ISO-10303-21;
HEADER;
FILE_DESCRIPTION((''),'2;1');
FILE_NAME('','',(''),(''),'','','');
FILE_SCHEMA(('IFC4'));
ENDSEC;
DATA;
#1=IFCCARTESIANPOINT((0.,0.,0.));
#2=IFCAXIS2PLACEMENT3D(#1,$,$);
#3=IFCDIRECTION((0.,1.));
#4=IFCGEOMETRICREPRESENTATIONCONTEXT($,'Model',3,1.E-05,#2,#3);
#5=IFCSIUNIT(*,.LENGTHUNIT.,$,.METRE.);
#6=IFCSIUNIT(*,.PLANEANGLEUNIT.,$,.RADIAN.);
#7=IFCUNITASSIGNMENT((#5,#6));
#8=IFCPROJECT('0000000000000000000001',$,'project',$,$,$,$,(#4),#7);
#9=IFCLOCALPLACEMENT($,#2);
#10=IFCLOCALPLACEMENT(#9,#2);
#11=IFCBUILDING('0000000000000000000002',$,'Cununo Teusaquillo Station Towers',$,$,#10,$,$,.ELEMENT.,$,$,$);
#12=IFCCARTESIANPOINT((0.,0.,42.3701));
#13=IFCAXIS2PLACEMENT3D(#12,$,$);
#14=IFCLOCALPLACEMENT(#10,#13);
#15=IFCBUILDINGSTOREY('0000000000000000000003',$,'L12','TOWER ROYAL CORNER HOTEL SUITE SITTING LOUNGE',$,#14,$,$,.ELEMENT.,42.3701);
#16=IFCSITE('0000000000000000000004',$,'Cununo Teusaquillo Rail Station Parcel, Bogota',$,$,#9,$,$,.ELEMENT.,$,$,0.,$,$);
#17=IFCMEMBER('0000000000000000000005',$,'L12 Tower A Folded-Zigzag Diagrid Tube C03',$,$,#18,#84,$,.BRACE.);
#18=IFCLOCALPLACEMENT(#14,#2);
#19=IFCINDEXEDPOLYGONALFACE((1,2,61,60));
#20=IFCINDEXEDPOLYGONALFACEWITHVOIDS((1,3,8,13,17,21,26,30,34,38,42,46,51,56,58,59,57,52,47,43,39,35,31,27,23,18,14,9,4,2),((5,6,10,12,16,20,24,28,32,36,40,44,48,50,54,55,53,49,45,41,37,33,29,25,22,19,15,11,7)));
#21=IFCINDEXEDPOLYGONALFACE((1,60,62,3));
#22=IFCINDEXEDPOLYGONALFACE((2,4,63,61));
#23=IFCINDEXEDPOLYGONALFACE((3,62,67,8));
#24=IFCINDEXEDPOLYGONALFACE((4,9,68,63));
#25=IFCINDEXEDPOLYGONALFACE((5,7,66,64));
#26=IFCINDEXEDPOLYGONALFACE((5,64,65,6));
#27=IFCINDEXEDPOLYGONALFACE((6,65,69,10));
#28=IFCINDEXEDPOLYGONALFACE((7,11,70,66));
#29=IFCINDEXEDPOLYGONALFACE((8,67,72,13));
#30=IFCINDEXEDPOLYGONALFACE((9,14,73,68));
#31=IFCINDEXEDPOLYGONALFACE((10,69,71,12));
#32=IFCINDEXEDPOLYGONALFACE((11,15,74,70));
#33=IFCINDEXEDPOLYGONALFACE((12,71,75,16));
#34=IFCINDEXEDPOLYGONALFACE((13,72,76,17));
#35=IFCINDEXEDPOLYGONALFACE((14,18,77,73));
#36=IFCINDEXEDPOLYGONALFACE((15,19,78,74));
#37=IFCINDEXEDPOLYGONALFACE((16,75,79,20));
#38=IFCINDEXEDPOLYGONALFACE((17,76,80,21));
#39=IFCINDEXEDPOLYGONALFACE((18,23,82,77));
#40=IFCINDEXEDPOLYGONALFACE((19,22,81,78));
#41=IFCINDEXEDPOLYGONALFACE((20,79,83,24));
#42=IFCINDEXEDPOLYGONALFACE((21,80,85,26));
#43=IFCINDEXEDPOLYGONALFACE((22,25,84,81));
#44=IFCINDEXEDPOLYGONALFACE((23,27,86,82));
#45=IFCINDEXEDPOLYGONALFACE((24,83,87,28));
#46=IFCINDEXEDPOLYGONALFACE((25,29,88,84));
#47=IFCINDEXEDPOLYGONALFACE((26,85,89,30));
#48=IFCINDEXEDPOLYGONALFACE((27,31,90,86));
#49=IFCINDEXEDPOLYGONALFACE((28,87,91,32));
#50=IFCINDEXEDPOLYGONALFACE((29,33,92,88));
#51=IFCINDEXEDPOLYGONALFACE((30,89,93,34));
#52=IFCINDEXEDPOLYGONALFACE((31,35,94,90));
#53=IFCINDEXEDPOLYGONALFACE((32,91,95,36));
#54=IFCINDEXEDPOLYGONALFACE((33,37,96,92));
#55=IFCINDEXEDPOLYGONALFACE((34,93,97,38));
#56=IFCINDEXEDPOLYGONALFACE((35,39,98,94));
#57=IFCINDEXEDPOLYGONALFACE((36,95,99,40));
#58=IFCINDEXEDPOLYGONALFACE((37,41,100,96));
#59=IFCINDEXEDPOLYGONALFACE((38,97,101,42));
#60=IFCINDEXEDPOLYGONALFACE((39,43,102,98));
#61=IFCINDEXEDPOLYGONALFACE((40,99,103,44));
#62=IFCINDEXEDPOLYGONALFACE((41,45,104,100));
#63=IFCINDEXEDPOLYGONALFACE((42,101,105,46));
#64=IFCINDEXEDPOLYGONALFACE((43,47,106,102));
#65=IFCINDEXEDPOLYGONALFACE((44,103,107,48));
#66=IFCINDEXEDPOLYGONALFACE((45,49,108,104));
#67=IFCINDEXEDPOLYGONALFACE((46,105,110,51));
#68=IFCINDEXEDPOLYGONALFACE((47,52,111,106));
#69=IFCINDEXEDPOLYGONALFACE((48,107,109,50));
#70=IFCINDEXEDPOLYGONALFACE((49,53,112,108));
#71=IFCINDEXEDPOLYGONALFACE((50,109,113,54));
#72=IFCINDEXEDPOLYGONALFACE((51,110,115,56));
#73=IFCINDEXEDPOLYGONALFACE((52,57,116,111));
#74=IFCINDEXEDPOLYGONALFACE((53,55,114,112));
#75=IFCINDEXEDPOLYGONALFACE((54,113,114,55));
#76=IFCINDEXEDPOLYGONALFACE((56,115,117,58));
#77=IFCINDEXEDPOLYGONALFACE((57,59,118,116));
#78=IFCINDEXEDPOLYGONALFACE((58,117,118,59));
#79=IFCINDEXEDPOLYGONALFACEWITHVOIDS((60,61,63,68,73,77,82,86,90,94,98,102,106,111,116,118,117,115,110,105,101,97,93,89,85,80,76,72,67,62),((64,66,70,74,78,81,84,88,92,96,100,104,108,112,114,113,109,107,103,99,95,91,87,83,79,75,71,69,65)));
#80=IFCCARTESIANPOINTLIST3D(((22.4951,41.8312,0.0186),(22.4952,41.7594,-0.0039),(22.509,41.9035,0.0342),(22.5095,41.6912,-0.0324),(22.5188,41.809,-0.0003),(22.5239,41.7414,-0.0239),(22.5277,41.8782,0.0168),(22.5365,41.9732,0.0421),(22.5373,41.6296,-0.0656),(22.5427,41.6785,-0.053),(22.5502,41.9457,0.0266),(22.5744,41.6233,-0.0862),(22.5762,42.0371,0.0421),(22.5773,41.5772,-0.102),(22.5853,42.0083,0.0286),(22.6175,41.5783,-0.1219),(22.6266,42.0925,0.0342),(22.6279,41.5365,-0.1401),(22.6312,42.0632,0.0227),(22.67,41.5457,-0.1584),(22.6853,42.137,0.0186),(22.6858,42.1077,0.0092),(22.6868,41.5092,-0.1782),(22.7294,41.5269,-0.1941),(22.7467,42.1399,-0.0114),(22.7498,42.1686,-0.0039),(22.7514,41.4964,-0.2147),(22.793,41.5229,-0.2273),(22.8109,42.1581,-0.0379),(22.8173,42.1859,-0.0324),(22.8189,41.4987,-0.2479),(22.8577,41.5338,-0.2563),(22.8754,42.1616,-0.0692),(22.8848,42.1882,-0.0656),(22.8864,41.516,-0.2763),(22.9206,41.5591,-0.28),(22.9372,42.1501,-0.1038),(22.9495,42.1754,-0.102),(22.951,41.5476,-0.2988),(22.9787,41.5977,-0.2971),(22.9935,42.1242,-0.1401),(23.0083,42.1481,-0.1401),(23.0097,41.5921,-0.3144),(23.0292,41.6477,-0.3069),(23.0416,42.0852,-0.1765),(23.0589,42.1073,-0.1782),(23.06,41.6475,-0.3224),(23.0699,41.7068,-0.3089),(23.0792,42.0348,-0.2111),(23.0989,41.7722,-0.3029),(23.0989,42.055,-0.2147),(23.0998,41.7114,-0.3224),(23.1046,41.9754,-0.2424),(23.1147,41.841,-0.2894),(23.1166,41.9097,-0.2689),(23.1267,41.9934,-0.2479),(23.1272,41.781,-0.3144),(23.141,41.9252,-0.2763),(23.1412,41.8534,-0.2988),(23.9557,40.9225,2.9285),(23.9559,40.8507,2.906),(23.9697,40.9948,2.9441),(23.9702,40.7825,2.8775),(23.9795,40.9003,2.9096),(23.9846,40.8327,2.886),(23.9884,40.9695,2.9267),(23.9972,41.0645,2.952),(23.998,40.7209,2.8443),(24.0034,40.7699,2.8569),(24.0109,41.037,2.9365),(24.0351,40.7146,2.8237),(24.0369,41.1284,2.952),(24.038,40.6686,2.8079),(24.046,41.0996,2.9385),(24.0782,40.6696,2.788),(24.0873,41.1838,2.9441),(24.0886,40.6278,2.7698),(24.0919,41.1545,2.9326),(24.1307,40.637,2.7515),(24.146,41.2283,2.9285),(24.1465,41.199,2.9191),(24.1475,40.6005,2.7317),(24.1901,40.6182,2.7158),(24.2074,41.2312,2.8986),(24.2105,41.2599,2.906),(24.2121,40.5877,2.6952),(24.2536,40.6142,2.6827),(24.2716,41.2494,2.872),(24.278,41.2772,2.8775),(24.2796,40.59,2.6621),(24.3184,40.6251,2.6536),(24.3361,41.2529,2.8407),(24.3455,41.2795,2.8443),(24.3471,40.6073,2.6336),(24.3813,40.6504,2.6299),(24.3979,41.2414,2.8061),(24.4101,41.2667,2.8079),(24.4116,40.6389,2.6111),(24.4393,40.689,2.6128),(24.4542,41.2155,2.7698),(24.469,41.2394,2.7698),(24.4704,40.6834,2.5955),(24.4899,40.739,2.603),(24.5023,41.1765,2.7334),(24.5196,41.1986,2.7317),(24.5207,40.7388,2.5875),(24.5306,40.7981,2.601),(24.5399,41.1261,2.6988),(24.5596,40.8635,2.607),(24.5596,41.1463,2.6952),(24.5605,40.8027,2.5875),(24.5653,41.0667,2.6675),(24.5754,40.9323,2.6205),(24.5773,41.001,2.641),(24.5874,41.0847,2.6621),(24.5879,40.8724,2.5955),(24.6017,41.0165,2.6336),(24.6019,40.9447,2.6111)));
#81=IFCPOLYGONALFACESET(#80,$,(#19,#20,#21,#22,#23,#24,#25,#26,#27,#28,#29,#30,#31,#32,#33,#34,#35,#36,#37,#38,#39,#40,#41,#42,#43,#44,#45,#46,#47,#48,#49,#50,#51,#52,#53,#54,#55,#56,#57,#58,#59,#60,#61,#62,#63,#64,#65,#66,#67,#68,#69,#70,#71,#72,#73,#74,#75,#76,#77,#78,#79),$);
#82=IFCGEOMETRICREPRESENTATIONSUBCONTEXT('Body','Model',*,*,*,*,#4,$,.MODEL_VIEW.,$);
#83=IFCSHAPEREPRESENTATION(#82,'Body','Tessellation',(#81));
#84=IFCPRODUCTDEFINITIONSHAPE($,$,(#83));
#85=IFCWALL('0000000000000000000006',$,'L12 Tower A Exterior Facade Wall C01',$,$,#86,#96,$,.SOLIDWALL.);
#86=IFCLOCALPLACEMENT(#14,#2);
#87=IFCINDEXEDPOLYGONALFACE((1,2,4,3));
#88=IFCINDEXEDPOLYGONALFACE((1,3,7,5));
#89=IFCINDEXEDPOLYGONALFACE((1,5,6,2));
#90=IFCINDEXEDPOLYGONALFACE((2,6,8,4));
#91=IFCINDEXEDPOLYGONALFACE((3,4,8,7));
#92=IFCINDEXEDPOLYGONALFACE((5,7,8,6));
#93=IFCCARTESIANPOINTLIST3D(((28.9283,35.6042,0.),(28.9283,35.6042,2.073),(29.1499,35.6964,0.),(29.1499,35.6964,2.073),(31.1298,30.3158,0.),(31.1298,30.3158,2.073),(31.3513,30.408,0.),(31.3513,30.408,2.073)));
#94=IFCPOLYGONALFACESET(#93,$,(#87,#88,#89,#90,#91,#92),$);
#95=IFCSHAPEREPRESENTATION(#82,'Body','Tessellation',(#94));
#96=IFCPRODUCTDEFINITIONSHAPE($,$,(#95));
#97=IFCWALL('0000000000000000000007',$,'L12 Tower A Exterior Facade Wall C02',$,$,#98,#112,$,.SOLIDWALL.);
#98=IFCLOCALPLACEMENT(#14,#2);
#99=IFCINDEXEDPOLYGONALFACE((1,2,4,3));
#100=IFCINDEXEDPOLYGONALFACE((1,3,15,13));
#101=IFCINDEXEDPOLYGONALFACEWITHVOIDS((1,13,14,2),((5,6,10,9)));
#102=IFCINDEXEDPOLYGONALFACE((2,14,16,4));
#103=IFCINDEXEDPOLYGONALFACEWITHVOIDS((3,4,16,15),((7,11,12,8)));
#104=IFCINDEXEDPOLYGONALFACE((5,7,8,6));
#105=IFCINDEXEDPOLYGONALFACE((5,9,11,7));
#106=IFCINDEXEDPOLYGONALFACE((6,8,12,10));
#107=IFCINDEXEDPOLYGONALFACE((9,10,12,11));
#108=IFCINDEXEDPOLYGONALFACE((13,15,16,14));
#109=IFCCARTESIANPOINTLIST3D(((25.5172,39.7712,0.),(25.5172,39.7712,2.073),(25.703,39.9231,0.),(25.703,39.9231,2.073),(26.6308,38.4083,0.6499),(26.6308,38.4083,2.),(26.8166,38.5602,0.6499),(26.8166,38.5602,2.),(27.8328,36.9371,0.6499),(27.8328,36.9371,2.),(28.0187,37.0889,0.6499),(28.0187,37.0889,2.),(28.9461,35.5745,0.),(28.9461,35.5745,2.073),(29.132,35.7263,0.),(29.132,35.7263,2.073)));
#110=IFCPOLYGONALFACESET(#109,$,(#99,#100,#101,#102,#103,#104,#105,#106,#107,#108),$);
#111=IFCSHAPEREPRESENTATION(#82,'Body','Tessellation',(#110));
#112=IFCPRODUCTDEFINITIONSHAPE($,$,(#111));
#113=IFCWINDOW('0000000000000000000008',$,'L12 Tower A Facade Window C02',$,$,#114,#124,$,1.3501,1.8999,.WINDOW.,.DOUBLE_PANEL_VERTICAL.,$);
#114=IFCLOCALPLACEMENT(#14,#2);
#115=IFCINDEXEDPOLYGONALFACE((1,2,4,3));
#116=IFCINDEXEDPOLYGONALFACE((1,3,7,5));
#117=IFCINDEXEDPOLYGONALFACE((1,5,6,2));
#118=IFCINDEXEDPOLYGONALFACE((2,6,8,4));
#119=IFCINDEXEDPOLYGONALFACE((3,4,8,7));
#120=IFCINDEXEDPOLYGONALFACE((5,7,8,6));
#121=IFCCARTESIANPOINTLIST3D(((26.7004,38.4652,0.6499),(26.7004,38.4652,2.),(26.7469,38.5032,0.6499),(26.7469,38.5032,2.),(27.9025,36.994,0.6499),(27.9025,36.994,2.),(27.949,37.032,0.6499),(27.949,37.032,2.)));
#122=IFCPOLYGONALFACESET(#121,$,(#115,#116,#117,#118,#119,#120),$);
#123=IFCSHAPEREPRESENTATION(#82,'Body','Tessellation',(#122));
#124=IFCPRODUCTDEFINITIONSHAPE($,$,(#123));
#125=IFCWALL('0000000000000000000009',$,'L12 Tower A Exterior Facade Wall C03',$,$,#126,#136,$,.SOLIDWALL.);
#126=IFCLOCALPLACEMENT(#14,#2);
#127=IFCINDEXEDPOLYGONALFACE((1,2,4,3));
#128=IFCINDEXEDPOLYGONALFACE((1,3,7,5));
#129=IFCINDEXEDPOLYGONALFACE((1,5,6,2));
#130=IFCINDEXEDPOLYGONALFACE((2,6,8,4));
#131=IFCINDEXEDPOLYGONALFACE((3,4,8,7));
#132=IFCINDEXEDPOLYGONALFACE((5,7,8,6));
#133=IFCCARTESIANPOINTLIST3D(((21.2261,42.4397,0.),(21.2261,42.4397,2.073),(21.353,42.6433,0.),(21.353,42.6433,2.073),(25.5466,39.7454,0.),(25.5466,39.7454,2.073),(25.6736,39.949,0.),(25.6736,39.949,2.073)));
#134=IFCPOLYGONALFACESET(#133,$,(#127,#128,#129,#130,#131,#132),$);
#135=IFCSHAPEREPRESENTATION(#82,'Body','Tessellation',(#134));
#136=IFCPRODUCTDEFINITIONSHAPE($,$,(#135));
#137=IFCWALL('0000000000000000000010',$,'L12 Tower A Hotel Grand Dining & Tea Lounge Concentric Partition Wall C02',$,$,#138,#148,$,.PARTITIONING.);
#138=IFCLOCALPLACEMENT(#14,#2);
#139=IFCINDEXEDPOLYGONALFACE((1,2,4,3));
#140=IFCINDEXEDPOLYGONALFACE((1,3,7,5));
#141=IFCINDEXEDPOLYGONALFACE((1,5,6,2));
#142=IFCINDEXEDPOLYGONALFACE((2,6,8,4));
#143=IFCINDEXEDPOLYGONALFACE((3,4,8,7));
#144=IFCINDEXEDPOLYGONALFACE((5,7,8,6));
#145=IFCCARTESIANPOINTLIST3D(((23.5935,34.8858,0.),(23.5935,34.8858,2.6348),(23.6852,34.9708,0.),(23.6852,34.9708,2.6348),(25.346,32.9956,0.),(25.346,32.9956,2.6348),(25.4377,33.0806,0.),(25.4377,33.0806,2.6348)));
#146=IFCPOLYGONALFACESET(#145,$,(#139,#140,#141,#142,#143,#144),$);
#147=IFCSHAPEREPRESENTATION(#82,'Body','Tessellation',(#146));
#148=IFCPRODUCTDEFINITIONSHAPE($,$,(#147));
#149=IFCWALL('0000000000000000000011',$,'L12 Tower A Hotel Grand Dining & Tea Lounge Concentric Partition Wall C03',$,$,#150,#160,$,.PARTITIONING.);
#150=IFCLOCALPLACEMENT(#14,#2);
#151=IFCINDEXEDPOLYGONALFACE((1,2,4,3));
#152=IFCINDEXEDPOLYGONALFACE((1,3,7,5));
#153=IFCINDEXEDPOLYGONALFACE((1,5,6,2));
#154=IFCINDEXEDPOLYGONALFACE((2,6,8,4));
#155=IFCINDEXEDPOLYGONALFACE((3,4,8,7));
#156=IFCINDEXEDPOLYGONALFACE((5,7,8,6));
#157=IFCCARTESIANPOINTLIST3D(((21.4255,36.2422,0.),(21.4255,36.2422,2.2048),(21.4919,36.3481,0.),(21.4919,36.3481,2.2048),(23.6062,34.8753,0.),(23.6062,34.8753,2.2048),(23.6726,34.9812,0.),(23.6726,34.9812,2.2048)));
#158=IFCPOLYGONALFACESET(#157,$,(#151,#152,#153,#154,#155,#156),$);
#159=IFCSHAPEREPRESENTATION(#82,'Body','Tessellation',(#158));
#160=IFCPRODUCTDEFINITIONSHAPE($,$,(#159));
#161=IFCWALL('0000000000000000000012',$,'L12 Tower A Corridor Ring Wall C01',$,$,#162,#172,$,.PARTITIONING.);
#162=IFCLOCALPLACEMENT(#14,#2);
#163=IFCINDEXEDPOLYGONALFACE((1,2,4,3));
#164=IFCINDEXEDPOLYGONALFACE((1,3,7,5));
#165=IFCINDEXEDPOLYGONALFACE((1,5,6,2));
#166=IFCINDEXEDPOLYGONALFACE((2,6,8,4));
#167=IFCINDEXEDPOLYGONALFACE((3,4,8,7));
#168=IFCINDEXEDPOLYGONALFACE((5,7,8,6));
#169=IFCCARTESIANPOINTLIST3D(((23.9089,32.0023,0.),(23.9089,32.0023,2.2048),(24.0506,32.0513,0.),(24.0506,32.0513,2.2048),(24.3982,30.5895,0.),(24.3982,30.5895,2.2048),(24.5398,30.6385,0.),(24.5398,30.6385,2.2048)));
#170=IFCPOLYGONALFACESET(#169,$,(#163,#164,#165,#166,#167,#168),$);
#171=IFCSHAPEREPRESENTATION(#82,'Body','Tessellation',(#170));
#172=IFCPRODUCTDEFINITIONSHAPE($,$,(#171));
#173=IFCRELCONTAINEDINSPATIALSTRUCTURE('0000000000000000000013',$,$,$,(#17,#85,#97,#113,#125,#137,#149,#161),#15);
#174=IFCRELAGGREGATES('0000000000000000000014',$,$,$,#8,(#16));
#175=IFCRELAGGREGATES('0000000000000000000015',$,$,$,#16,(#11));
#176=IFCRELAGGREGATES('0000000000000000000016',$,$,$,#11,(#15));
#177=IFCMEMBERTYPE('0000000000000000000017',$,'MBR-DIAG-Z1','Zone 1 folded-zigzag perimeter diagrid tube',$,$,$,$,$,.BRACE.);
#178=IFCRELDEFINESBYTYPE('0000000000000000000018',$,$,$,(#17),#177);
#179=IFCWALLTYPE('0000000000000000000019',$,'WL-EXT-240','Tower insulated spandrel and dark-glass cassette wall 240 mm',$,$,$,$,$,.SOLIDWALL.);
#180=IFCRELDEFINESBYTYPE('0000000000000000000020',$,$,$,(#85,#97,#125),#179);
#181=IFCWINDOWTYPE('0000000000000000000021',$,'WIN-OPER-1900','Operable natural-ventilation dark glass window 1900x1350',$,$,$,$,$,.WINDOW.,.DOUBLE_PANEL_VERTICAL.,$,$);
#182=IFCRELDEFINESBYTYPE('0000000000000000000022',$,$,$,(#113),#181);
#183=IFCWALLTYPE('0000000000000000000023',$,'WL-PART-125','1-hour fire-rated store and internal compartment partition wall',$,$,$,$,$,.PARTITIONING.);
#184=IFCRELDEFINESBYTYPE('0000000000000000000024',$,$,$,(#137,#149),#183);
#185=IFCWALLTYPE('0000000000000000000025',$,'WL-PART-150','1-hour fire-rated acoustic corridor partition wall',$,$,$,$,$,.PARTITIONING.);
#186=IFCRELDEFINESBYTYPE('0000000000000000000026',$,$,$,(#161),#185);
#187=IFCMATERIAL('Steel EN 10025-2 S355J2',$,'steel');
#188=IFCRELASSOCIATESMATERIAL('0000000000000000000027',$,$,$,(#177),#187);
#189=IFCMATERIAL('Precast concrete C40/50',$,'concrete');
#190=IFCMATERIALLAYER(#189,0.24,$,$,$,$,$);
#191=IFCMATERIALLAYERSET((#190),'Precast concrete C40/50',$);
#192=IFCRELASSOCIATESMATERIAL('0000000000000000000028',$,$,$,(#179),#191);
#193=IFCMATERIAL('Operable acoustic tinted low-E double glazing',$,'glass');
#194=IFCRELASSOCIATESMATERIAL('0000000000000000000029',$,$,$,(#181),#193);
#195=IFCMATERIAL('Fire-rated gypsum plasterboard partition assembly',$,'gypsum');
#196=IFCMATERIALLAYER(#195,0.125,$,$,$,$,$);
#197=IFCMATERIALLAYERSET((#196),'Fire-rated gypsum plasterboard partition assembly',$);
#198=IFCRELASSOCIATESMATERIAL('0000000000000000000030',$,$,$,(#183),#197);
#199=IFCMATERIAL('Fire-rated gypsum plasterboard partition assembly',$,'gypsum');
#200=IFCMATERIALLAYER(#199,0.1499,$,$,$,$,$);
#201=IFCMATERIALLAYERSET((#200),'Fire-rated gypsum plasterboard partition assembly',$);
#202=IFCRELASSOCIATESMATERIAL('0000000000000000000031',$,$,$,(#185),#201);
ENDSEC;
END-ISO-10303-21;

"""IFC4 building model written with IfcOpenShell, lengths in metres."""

from ifc_helpers import new_model, si_unit, direction, frame, frame_2d, origin, origin_2d, place, context, subcontext, project, spatial, rectangle, hollow_circle, extrude, source, transform, mapped, material, layer, layer_set, material_profile, profile_set, type_object, element, fill, save


model = new_model("IFC4")

# Units and contexts
model_context = context("Model", 3, precision=1e-05, world=origin(), true_north=direction((0.0, 1.0)))
body_context = subcontext(model_context, "Body", "Model", "MODEL_VIEW")
ifc_project = project(units=[si_unit("LENGTHUNIT", "METRE"), si_unit("PLANEANGLEUNIT", "RADIAN")], contexts=[model_context])

# Site, building, storey
site_placement = place(None, origin())
site = spatial("IfcSite", under=ifc_project, at=site_placement, Name="Cununo Teusaquillo Rail Station Parcel, Bogota", CompositionType="ELEMENT", RefElevation=0.0)
building_placement = place(site_placement, origin())
building = spatial("IfcBuilding", under=site, at=building_placement, Name="Cununo Teusaquillo Station Towers", CompositionType="ELEMENT")
storey_placement = place(building_placement, frame((0.0, 0.0, 42.3701)))
storey = spatial("IfcBuildingStorey", under=building, at=storey_placement, Name="L12", Description="TOWER ROYAL CORNER HOTEL SUITE SITTING LOUNGE", CompositionType="ELEMENT", Elevation=42.3701)

# Member
ifc_material_1 = material(Name="Steel EN 10025-2 S355J2", Category="steel")
ifc_material_profile_1 = material_profile(ifc_material_1, hollow_circle(Radius=0.3601, WallThickness=0.0281, at=origin_2d()), Name="CHS 720x28")
ifc_profile_set_1 = profile_set([ifc_material_profile_1], Name="Steel EN 10025-2 S355J2")
member_type = type_object("IfcMemberType", Name="MBR-DIAG-Z1", Description="Zone 1 folded-zigzag perimeter diagrid tube", PredefinedType="BRACE", material=ifc_profile_set_1)
member_1_placement = place(storey_placement, frame((22.8181, 41.8423, -0.1401), z_axis=(0.43211, -0.268814, 0.860825), x_axis=(0.528225, 0.849105, 0.0)))
element("IfcMember", 1, at=member_1_placement, inside=storey, type_object=member_type, Name="L12 Tower A Folded-Zigzag Diagrid Tube C03", PredefinedType="BRACE", context=body_context, shape_type="SweptSolid", body=[
    extrude(hollow_circle(Radius=0.3601, WallThickness=0.0281, at=origin_2d()), origin(), (0.0, 0.0, 1.0), 3.3804),
])

# Wall
ifc_material_2 = material(Name="Precast concrete C40/50", Category="concrete")
ifc_layer_1 = layer(ifc_material_2, 0.24)
ifc_layer_set_1 = layer_set([ifc_layer_1], Name="Precast concrete C40/50")
wall_type_1 = type_object("IfcWallType", Name="WL-EXT-240", Description="Tower insulated spandrel and dark-glass cassette wall 240 mm", PredefinedType="SOLIDWALL", material=ifc_layer_set_1)
wall_1_placement = place(storey_placement, frame((29.0391, 35.6504, 0.0), z_axis=(0.0, 0.0, 1.0), x_axis=(0.38431, -0.923204, 0.0)))
element("IfcWall", 2, at=wall_1_placement, inside=storey, type_object=wall_type_1, Name="L12 Tower A Exterior Facade Wall C01", PredefinedType="SOLIDWALL", context=body_context, shape_type="SweptSolid", body=[
    extrude(rectangle(XDim=5.7283, YDim=0.24, at=frame_2d((2.8643, 0.0))), origin(), (0.0, 0.0, 1.0), 2.073),
])

# Wall, opening, window
wall_2_placement = place(storey_placement, frame((25.6101, 39.8472, 0.0), z_axis=(0.0, 0.0, 1.0), x_axis=(0.63271, -0.774389, 0.0)))
wall_2 = element("IfcWall", 3, at=wall_2_placement, inside=storey, type_object=wall_type_1, Name="L12 Tower A Exterior Facade Wall C02", PredefinedType="SOLIDWALL", context=body_context, shape_type="SweptSolid", body=[
    extrude(rectangle(XDim=5.4194, YDim=0.24, at=frame_2d((2.7097, 0.0))), origin(), (0.0, 0.0, 1.0), 2.073),
])
shared_shape_1 = source(origin(), body_context, "Body", "SweptSolid", [
    extrude(rectangle(XDim=1.8999, YDim=1.3501, at=frame_2d((0.95, 0.675))), frame((0.0, 0.1299, 0.0), z_axis=(0.0, -1.0, 0.0), x_axis=(1.0, 0.0, 0.0)), (0.0, 0.0, 1.0), 0.26),
])
opening_1_placement = place(wall_2_placement, frame((1.76, 0.0, 0.6499)))
opening_1 = element("IfcOpeningElement", 4, at=opening_1_placement, cuts=wall_2, PredefinedType="OPENING", context=body_context, shape_type="MappedRepresentation", body=[
    mapped(shared_shape_1, transform((0.0, 0.0, 0.0), x_axis=(1.0, 0.0, 0.0), y_axis=(0.0, 1.0, 0.0), z_axis=(0.0, 0.0, 1.0), scale=1.0)),
])
ifc_material_3 = material(Name="Operable acoustic tinted low-E double glazing", Category="glass")
window_type = type_object("IfcWindowType", Name="WIN-OPER-1900", Description="Operable natural-ventilation dark glass window 1900x1350", PartitioningType="DOUBLE_PANEL_VERTICAL", PredefinedType="WINDOW", material=ifc_material_3)
shared_shape_2 = source(origin(), body_context, "Body", "SweptSolid", [
    extrude(rectangle(XDim=1.8999, YDim=1.3501, at=frame_2d((0.95, 0.675))), frame((0.0, 0.03, 0.0), z_axis=(0.0, -1.0, 0.0), x_axis=(1.0, 0.0, 0.0)), (0.0, 0.0, 1.0), 0.0601),
])
window_placement = place(opening_1_placement, origin())
window = element("IfcWindow", 5, at=window_placement, inside=storey, type_object=window_type, Name="L12 Tower A Facade Window C02", OverallHeight=1.3501, OverallWidth=1.8999, PartitioningType="DOUBLE_PANEL_VERTICAL", PredefinedType="WINDOW", context=body_context, shape_type="MappedRepresentation", body=[
    mapped(shared_shape_2, transform((0.0, 0.0, 0.0), x_axis=(1.0, 0.0, 0.0), y_axis=(0.0, 1.0, 0.0), z_axis=(0.0, 0.0, 1.0), scale=1.0)),
])
fill(opening_1, window)

# Walls
wall_3_placement = place(storey_placement, frame((21.2896, 42.5415, 0.0), z_axis=(0.0, 0.0, 1.0), x_axis=(0.848529, -0.52915, 0.0)))
element("IfcWall", 6, at=wall_3_placement, inside=storey, type_object=wall_type_1, Name="L12 Tower A Exterior Facade Wall C03", PredefinedType="SOLIDWALL", context=body_context, shape_type="SweptSolid", body=[
    extrude(rectangle(XDim=5.0918, YDim=0.24, at=frame_2d((2.5459, 0.0))), origin(), (0.0, 0.0, 1.0), 2.073),
])
ifc_material_4 = material(Name="Fire-rated gypsum plasterboard partition assembly", Category="gypsum")
ifc_layer_2 = layer(ifc_material_4, 0.125)
ifc_layer_set_2 = layer_set([ifc_layer_2], Name="Fire-rated gypsum plasterboard partition assembly")
wall_type_2 = type_object("IfcWallType", Name="WL-PART-125", Description="1-hour fire-rated store and internal compartment partition wall", PredefinedType="PARTITIONING", material=ifc_layer_set_2)
wall_4_placement = place(storey_placement, frame((25.3918, 33.0381, 0.0), z_axis=(0.0, 0.0, 1.0), x_axis=(-0.679891, 0.733313, 0.0)))
element("IfcWall", 7, at=wall_4_placement, inside=storey, type_object=wall_type_2, Name="L12 Tower A Hotel Grand Dining & Tea Lounge Concentric Partition Wall C02", PredefinedType="PARTITIONING", context=body_context, shape_type="SweptSolid", body=[
    extrude(rectangle(XDim=2.5776, YDim=0.125, at=frame_2d((1.2888, 0.0))), origin(), (0.0, 0.0, 1.0), 2.6348),
])
wall_5_placement = place(storey_placement, frame((23.6394, 34.9282, 0.0), z_axis=(0.0, 0.0, 1.0), x_axis=(-0.847294, 0.531124, 0.0)))
element("IfcWall", 8, at=wall_5_placement, inside=storey, type_object=wall_type_2, Name="L12 Tower A Hotel Grand Dining & Tea Lounge Concentric Partition Wall C03", PredefinedType="PARTITIONING", context=body_context, shape_type="SweptSolid", body=[
    extrude(rectangle(XDim=2.5737, YDim=0.125, at=frame_2d((1.2869, 0.0))), origin(), (0.0, 0.0, 1.0), 2.2048),
])
ifc_material_5 = material(Name="Fire-rated gypsum plasterboard partition assembly", Category="gypsum")
ifc_layer_3 = layer(ifc_material_5, 0.1499)
ifc_layer_set_3 = layer_set([ifc_layer_3], Name="Fire-rated gypsum plasterboard partition assembly")
wall_type_3 = type_object("IfcWallType", Name="WL-PART-150", Description="1-hour fire-rated acoustic corridor partition wall", PredefinedType="PARTITIONING", material=ifc_layer_set_3)
wall_6_placement = place(storey_placement, frame((24.469, 30.614, 0.0), z_axis=(0.0, 0.0, 1.0), x_axis=(-0.327228, 0.944945, 0.0)))
element("IfcWall", 9, at=wall_6_placement, inside=storey, type_object=wall_type_3, Name="L12 Tower A Corridor Ring Wall C01", PredefinedType="PARTITIONING", context=body_context, shape_type="SweptSolid", body=[
    extrude(rectangle(XDim=1.4951, YDim=0.1499, at=frame_2d((0.7476, 0.0))), origin(), (0.0, 0.0, 1.0), 2.2048),
])

save(model, "model.ifc")
